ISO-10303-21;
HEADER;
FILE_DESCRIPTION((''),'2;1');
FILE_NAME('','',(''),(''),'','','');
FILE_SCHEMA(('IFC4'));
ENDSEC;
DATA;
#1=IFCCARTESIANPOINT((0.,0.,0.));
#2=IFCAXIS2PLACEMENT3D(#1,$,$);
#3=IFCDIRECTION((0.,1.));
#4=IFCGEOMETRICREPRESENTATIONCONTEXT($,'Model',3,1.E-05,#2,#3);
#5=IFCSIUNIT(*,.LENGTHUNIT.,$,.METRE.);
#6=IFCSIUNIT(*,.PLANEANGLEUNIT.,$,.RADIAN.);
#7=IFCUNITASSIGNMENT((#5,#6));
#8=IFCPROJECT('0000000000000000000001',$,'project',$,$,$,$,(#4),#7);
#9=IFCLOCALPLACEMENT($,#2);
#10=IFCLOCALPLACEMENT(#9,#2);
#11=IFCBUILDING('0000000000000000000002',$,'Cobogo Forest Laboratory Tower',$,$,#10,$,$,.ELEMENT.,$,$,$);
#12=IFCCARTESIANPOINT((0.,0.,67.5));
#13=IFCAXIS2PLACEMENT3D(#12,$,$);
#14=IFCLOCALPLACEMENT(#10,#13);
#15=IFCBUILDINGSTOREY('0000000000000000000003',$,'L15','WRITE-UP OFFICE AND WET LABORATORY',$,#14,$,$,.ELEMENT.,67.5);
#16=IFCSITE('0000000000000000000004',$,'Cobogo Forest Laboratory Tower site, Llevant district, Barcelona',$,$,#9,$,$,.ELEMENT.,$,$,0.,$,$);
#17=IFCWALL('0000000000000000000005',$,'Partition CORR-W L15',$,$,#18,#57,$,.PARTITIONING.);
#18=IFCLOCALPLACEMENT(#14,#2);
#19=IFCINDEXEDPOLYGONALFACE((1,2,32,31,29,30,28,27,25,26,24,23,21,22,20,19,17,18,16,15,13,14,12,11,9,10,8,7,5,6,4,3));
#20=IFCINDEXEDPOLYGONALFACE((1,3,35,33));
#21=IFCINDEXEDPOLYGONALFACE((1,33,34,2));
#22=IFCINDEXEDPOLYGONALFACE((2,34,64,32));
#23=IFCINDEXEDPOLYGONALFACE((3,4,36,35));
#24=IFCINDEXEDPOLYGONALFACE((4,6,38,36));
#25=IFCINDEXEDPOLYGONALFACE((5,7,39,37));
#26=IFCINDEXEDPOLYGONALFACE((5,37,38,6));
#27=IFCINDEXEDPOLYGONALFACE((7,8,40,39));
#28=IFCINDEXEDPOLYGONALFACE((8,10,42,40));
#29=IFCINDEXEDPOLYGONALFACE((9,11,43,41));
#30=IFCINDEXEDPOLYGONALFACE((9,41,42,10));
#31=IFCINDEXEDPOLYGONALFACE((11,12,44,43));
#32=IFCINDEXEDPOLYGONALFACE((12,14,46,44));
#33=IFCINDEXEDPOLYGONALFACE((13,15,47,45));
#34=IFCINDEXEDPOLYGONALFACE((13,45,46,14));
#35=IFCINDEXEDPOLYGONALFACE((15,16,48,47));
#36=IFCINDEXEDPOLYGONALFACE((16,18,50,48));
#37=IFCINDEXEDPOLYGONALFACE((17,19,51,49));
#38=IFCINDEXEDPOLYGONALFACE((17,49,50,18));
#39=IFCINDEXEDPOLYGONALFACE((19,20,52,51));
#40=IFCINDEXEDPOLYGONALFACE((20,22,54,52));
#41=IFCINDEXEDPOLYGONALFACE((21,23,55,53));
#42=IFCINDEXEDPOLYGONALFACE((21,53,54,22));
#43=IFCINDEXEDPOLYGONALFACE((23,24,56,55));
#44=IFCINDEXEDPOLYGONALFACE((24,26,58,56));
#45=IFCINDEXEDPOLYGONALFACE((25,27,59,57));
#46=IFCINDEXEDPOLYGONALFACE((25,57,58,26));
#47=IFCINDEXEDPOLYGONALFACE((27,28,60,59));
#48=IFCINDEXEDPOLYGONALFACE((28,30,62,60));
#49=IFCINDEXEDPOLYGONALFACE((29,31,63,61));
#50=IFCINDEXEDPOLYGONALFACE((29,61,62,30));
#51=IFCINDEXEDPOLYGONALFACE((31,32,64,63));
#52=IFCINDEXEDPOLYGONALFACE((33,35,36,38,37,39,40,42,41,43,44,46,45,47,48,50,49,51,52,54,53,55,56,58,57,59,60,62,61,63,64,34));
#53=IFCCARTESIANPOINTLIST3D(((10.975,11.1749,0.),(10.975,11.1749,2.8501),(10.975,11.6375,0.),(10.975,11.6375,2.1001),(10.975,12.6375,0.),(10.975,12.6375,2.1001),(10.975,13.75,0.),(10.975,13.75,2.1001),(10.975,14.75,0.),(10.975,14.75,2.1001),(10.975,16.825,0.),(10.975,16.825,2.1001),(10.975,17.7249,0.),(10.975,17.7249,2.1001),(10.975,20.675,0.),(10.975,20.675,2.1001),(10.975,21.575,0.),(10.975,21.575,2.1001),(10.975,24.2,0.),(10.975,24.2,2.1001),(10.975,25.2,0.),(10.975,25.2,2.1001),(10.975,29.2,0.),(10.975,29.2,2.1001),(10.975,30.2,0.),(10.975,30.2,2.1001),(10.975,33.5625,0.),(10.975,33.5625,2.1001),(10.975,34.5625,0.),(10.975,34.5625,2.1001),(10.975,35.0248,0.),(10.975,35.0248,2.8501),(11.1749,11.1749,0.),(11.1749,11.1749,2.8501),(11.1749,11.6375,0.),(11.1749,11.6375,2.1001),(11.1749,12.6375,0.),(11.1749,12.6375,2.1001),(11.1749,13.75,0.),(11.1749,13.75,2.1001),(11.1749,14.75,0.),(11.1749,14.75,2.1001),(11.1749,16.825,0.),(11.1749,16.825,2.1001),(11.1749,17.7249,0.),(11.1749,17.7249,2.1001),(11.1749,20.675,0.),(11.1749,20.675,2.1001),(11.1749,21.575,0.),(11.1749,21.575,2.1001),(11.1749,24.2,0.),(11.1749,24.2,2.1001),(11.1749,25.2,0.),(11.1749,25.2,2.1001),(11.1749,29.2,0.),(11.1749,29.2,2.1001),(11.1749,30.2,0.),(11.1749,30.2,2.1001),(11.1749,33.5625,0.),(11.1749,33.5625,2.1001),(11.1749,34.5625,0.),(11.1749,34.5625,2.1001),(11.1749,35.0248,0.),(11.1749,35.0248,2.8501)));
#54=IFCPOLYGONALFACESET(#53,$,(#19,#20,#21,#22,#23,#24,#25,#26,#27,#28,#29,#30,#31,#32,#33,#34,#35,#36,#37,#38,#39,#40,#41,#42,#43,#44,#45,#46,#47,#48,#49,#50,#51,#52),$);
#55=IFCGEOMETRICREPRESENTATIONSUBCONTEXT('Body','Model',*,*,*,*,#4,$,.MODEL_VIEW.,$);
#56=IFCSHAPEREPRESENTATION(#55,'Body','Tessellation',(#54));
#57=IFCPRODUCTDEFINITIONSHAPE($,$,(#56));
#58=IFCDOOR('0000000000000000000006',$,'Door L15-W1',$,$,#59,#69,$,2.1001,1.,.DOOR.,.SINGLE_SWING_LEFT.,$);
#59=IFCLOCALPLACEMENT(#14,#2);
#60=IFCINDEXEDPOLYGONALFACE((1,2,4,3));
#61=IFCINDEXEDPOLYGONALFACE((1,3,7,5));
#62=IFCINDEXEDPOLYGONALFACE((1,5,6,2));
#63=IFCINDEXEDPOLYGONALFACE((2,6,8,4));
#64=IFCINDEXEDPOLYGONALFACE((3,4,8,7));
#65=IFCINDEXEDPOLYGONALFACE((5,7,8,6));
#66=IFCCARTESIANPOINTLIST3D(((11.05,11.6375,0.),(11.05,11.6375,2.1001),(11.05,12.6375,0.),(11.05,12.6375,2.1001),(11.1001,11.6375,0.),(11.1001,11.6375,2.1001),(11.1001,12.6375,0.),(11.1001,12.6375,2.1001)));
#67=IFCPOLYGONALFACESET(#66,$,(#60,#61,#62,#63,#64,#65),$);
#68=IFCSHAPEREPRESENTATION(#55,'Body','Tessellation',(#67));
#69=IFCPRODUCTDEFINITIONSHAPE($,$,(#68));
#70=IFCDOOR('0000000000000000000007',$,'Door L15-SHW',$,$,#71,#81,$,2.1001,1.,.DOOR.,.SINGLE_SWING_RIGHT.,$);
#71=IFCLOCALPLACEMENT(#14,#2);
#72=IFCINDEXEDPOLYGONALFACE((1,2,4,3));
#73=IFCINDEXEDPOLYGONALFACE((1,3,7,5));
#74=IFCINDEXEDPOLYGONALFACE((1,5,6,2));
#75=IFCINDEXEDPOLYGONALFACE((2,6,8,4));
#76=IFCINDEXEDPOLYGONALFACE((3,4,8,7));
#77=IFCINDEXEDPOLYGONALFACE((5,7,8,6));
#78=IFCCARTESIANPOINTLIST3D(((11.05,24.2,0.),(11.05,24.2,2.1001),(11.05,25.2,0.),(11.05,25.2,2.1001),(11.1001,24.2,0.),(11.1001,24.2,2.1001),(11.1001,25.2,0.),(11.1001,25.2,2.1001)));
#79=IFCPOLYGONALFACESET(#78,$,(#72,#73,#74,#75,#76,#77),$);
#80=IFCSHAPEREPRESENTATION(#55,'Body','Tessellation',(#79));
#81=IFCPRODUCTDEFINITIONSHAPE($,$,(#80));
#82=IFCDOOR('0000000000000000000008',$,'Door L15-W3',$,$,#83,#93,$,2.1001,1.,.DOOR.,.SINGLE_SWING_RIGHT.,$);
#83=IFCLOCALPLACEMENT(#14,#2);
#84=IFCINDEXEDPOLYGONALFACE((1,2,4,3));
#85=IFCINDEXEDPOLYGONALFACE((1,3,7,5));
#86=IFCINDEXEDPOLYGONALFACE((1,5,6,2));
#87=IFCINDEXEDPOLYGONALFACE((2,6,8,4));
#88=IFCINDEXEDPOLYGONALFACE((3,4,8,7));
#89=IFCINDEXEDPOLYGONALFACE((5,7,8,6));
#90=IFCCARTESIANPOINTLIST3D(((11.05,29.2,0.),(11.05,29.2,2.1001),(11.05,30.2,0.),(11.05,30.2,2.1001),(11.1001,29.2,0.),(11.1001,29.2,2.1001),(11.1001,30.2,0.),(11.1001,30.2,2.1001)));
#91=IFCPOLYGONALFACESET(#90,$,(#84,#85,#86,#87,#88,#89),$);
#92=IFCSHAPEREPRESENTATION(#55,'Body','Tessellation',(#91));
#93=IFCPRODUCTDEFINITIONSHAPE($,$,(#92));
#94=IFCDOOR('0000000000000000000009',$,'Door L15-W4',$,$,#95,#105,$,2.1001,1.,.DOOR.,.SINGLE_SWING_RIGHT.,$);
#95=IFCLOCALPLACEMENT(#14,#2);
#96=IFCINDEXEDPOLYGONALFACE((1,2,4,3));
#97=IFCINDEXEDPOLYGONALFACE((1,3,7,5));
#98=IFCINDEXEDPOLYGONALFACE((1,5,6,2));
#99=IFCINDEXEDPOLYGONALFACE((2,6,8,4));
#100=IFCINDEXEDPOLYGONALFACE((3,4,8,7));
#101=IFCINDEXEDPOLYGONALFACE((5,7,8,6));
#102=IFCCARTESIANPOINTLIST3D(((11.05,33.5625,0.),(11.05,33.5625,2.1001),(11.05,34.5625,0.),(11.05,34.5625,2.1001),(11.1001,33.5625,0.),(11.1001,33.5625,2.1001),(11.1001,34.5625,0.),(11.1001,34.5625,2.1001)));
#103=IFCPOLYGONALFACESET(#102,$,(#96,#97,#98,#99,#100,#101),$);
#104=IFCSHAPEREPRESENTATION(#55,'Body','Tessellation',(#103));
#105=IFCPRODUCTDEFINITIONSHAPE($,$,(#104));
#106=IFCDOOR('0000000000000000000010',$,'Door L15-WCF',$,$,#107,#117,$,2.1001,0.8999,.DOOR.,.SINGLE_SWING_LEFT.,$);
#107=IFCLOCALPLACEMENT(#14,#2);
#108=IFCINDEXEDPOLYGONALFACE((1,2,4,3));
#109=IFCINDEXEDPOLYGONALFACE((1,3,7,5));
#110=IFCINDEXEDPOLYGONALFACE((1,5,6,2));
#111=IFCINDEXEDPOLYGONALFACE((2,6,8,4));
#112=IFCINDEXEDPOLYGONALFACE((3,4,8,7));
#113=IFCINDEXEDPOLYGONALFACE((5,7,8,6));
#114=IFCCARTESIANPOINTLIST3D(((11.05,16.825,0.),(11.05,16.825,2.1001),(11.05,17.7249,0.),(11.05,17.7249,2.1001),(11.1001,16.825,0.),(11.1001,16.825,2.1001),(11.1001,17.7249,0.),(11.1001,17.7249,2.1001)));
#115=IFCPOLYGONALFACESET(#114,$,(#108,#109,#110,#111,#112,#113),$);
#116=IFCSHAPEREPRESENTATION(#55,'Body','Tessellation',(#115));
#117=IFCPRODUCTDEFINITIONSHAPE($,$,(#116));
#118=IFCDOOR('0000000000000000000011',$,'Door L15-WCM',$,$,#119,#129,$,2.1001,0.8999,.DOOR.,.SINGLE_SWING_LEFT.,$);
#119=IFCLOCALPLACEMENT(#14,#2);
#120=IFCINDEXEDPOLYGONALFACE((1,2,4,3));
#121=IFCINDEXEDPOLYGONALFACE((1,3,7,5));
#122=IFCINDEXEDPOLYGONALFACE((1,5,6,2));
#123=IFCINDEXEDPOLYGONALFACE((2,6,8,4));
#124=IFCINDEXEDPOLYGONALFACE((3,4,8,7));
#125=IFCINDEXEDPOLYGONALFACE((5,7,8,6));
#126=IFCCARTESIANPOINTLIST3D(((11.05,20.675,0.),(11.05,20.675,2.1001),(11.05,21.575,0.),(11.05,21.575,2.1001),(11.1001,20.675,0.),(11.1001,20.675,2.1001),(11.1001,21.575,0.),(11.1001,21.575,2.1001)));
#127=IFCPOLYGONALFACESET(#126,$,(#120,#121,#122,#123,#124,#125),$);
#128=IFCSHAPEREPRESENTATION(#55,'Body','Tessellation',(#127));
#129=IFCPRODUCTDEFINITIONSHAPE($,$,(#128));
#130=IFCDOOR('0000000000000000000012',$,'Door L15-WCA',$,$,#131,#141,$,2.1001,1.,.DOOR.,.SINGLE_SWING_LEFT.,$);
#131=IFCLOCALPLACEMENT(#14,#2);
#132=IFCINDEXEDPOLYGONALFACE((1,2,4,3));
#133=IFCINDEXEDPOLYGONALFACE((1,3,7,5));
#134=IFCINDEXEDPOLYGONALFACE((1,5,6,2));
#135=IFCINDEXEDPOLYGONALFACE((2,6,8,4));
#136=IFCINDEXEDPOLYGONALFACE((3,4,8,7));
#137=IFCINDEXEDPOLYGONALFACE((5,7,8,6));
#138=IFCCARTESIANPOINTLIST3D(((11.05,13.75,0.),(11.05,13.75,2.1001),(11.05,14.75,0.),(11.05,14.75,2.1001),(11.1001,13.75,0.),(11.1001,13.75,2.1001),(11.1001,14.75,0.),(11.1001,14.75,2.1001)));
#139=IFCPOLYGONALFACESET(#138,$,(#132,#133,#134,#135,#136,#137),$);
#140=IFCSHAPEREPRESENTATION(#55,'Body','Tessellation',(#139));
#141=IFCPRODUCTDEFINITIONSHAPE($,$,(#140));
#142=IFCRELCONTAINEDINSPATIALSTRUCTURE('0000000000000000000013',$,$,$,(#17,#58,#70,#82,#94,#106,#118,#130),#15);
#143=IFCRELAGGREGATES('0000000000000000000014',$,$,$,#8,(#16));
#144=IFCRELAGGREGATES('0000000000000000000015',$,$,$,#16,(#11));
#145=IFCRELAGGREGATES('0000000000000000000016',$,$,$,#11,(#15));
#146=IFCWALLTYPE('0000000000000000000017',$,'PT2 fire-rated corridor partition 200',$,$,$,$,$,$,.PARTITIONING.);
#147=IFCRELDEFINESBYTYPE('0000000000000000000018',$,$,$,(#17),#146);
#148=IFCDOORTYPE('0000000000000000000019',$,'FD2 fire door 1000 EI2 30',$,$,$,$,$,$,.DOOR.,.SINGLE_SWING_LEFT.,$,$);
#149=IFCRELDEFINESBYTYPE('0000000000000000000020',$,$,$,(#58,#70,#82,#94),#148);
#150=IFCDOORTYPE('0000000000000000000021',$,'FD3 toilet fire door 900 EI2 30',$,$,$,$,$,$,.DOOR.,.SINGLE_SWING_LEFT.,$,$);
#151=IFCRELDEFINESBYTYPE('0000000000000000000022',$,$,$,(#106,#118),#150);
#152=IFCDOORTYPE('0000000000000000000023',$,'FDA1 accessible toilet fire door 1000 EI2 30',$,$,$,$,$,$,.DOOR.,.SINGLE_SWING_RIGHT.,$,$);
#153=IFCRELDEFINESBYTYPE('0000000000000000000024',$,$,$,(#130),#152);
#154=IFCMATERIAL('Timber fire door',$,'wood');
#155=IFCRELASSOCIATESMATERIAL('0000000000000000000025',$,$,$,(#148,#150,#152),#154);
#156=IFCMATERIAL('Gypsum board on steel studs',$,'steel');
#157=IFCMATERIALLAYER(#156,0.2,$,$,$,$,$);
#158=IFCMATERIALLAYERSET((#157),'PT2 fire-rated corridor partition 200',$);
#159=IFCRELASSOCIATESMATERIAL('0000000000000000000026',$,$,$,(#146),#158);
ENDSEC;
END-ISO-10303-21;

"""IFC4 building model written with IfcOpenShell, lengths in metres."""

from ifc_helpers import new_model, si_unit, direction, frame, frame_2d, origin, place, context, subcontext, project, spatial, rectangle, extrude, material, layer, layer_set, type_object, element, fill, save


model = new_model("IFC4")

# Units and contexts
model_context = context("Model", 3, precision=1e-05, world=origin(), true_north=direction((0.0, 1.0)))
body_context = subcontext(model_context, "Body", "Model", "MODEL_VIEW")
ifc_project = project(units=[si_unit("LENGTHUNIT", "METRE"), si_unit("PLANEANGLEUNIT", "RADIAN")], contexts=[model_context])

# Site, building, storey
site_placement = place(None, origin())
site = spatial("IfcSite", under=ifc_project, at=site_placement, Name="Cobogo Forest Laboratory Tower site, Llevant district, Barcelona", CompositionType="ELEMENT", RefElevation=0.0)
building_placement = place(site_placement, origin())
building = spatial("IfcBuilding", under=site, at=building_placement, Name="Cobogo Forest Laboratory Tower", CompositionType="ELEMENT")
storey_placement = place(building_placement, frame((0.0, 0.0, 67.5)))
storey = spatial("IfcBuildingStorey", under=building, at=storey_placement, Name="L15", Description="WRITE-UP OFFICE AND WET LABORATORY", CompositionType="ELEMENT", Elevation=67.5)

# Shared definitions
ifc_material_1 = material(Name="Gypsum board on steel studs", Category="steel")

# Shared definitions
ifc_material_2 = material(Name="Timber fire door", Category="wood")
door_type_1 = type_object("IfcDoorType", Name="FD2 fire door 1000 EI2 30", OperationType="SINGLE_SWING_LEFT", PredefinedType="DOOR", material=ifc_material_2)

# Wall, openings, doors
ifc_layer_1 = layer(ifc_material_1, 0.2)
ifc_layer_set_1 = layer_set([ifc_layer_1], Name="PT2 fire-rated corridor partition 200")
wall_type_1 = type_object("IfcWallType", Name="PT2 fire-rated corridor partition 200", PredefinedType="PARTITIONING", material=ifc_layer_set_1)
wall_1_placement = place(storey_placement, frame((11.075, 11.175, 0.0), z_axis=(0.0, 0.0, 1.0), x_axis=(0.0, 1.0, 0.0)))
wall_1 = element("IfcWall", 1, at=wall_1_placement, inside=storey, type_object=wall_type_1, Name="Partition CORR-W L15", PredefinedType="PARTITIONING", context=body_context, shape_type="SweptSolid", body=[
    extrude(rectangle(XDim=23.8499, YDim=0.2, at=frame_2d((11.9248, 0.0))), origin(), (0.0, 0.0, 1.0), 2.8501),
])
opening_1_placement = place(wall_1_placement, frame((0.4624, 0.0, 0.0)))
opening_1 = element("IfcOpeningElement", 2, at=opening_1_placement, cuts=wall_1, PredefinedType="OPENING", context=body_context, shape_type="SweptSolid", body=[
    extrude(rectangle(XDim=1.0, YDim=2.1001, at=frame_2d((0.5, 1.05))), frame((0.0, 0.1099, 0.0), z_axis=(0.0, -1.0, 0.0), x_axis=(1.0, 0.0, 0.0)), (0.0, 0.0, 1.0), 0.22),
])
opening_2_placement = place(wall_1_placement, frame((2.575, 0.0, 0.0)))
opening_2 = element("IfcOpeningElement", 3, at=opening_2_placement, cuts=wall_1, PredefinedType="OPENING", context=body_context, shape_type="SweptSolid", body=[
    extrude(rectangle(XDim=1.0, YDim=2.1001, at=frame_2d((0.5, 1.05))), frame((0.0, 0.1099, 0.0), z_axis=(0.0, -1.0, 0.0), x_axis=(1.0, 0.0, 0.0)), (0.0, 0.0, 1.0), 0.22),
])
opening_3_placement = place(wall_1_placement, frame((5.6499, 0.0, 0.0)))
opening_3 = element("IfcOpeningElement", 4, at=opening_3_placement, cuts=wall_1, PredefinedType="OPENING", context=body_context, shape_type="SweptSolid", body=[
    extrude(rectangle(XDim=0.8999, YDim=2.1001, at=frame_2d((0.45, 1.05))), frame((0.0, 0.1099, 0.0), z_axis=(0.0, -1.0, 0.0), x_axis=(1.0, 0.0, 0.0)), (0.0, 0.0, 1.0), 0.22),
])
opening_4_placement = place(wall_1_placement, frame((9.5, 0.0, 0.0)))
opening_4 = element("IfcOpeningElement", 5, at=opening_4_placement, cuts=wall_1, PredefinedType="OPENING", context=body_context, shape_type="SweptSolid", body=[
    extrude(rectangle(XDim=0.8999, YDim=2.1001, at=frame_2d((0.45, 1.05))), frame((0.0, 0.1099, 0.0), z_axis=(0.0, -1.0, 0.0), x_axis=(1.0, 0.0, 0.0)), (0.0, 0.0, 1.0), 0.22),
])
opening_5_placement = place(wall_1_placement, frame((13.0249, 0.0, 0.0)))
opening_5 = element("IfcOpeningElement", 6, at=opening_5_placement, cuts=wall_1, PredefinedType="OPENING", context=body_context, shape_type="SweptSolid", body=[
    extrude(rectangle(XDim=1.0, YDim=2.1001, at=frame_2d((0.5, 1.05))), frame((0.0, 0.1099, 0.0), z_axis=(0.0, -1.0, 0.0), x_axis=(1.0, 0.0, 0.0)), (0.0, 0.0, 1.0), 0.22),
])
opening_6_placement = place(wall_1_placement, frame((18.0249, 0.0, 0.0)))
opening_6 = element("IfcOpeningElement", 7, at=opening_6_placement, cuts=wall_1, PredefinedType="OPENING", context=body_context, shape_type="SweptSolid", body=[
    extrude(rectangle(XDim=1.0, YDim=2.1001, at=frame_2d((0.5, 1.05))), frame((0.0, 0.1099, 0.0), z_axis=(0.0, -1.0, 0.0), x_axis=(1.0, 0.0, 0.0)), (0.0, 0.0, 1.0), 0.22),
])
opening_7_placement = place(wall_1_placement, frame((22.3875, 0.0, 0.0)))
opening_7 = element("IfcOpeningElement", 8, at=opening_7_placement, cuts=wall_1, PredefinedType="OPENING", context=body_context, shape_type="SweptSolid", body=[
    extrude(rectangle(XDim=1.0, YDim=2.1001, at=frame_2d((0.5, 1.05))), frame((0.0, 0.1099, 0.0), z_axis=(0.0, -1.0, 0.0), x_axis=(1.0, 0.0, 0.0)), (0.0, 0.0, 1.0), 0.22),
])
door_1_placement = place(opening_1_placement, origin())
door_1 = element("IfcDoor", 9, at=door_1_placement, inside=storey, type_object=door_type_1, Name="Door L15-W1", OperationType="SINGLE_SWING_LEFT", OverallHeight=2.1001, OverallWidth=1.0, PredefinedType="DOOR", context=body_context, shape_type="SweptSolid", body=[
    extrude(rectangle(XDim=1.0, YDim=2.1001, at=frame_2d((0.5, 1.05))), frame((0.0, 0.0249, 0.0), z_axis=(0.0, -1.0, 0.0), x_axis=(1.0, 0.0, 0.0)), (0.0, 0.0, 1.0), 0.05),
])
fill(opening_1, door_1)
door_2_placement = place(opening_5_placement, origin())
door_2 = element("IfcDoor", 10, at=door_2_placement, inside=storey, type_object=door_type_1, Name="Door L15-SHW", OperationType="SINGLE_SWING_RIGHT", OverallHeight=2.1001, OverallWidth=1.0, PredefinedType="DOOR", context=body_context, shape_type="SweptSolid", body=[
    extrude(rectangle(XDim=1.0, YDim=2.1001, at=frame_2d((0.5, 1.05))), frame((0.0, 0.0249, 0.0), z_axis=(0.0, -1.0, 0.0), x_axis=(1.0, 0.0, 0.0)), (0.0, 0.0, 1.0), 0.05),
])
fill(opening_5, door_2)
door_3_placement = place(opening_6_placement, origin())
door_3 = element("IfcDoor", 11, at=door_3_placement, inside=storey, type_object=door_type_1, Name="Door L15-W3", OperationType="SINGLE_SWING_RIGHT", OverallHeight=2.1001, OverallWidth=1.0, PredefinedType="DOOR", context=body_context, shape_type="SweptSolid", body=[
    extrude(rectangle(XDim=1.0, YDim=2.1001, at=frame_2d((0.5, 1.05))), frame((0.0, 0.0249, 0.0), z_axis=(0.0, -1.0, 0.0), x_axis=(1.0, 0.0, 0.0)), (0.0, 0.0, 1.0), 0.05),
])
fill(opening_6, door_3)
door_4_placement = place(opening_7_placement, origin())
door_4 = element("IfcDoor", 12, at=door_4_placement, inside=storey, type_object=door_type_1, Name="Door L15-W4", OperationType="SINGLE_SWING_RIGHT", OverallHeight=2.1001, OverallWidth=1.0, PredefinedType="DOOR", context=body_context, shape_type="SweptSolid", body=[
    extrude(rectangle(XDim=1.0, YDim=2.1001, at=frame_2d((0.5, 1.05))), frame((0.0, 0.0249, 0.0), z_axis=(0.0, -1.0, 0.0), x_axis=(1.0, 0.0, 0.0)), (0.0, 0.0, 1.0), 0.05),
])
fill(opening_7, door_4)
door_type_2 = type_object("IfcDoorType", Name="FD3 toilet fire door 900 EI2 30", OperationType="SINGLE_SWING_LEFT", PredefinedType="DOOR", material=ifc_material_2)
door_5_placement = place(opening_3_placement, origin())
door_5 = element("IfcDoor", 13, at=door_5_placement, inside=storey, type_object=door_type_2, Name="Door L15-WCF", OperationType="SINGLE_SWING_LEFT", OverallHeight=2.1001, OverallWidth=0.8999, PredefinedType="DOOR", context=body_context, shape_type="SweptSolid", body=[
    extrude(rectangle(XDim=0.8999, YDim=2.1001, at=frame_2d((0.45, 1.05))), frame((0.0, 0.0249, 0.0), z_axis=(0.0, -1.0, 0.0), x_axis=(1.0, 0.0, 0.0)), (0.0, 0.0, 1.0), 0.05),
])
fill(opening_3, door_5)
door_6_placement = place(opening_4_placement, origin())
door_6 = element("IfcDoor", 14, at=door_6_placement, inside=storey, type_object=door_type_2, Name="Door L15-WCM", OperationType="SINGLE_SWING_LEFT", OverallHeight=2.1001, OverallWidth=0.8999, PredefinedType="DOOR", context=body_context, shape_type="SweptSolid", body=[
    extrude(rectangle(XDim=0.8999, YDim=2.1001, at=frame_2d((0.45, 1.05))), frame((0.0, 0.0249, 0.0), z_axis=(0.0, -1.0, 0.0), x_axis=(1.0, 0.0, 0.0)), (0.0, 0.0, 1.0), 0.05),
])
fill(opening_4, door_6)
door_type_3 = type_object("IfcDoorType", Name="FDA1 accessible toilet fire door 1000 EI2 30", OperationType="SINGLE_SWING_RIGHT", PredefinedType="DOOR", material=ifc_material_2)
door_7_placement = place(opening_2_placement, origin())
door_7 = element("IfcDoor", 15, at=door_7_placement, inside=storey, type_object=door_type_3, Name="Door L15-WCA", OperationType="SINGLE_SWING_LEFT", OverallHeight=2.1001, OverallWidth=1.0, PredefinedType="DOOR", context=body_context, shape_type="SweptSolid", body=[
    extrude(rectangle(XDim=1.0, YDim=2.1001, at=frame_2d((0.5, 1.05))), frame((0.0, 0.0249, 0.0), z_axis=(0.0, -1.0, 0.0), x_axis=(1.0, 0.0, 0.0)), (0.0, 0.0, 1.0), 0.05),
])
fill(opening_2, door_7)

save(model, "model.ifc")
